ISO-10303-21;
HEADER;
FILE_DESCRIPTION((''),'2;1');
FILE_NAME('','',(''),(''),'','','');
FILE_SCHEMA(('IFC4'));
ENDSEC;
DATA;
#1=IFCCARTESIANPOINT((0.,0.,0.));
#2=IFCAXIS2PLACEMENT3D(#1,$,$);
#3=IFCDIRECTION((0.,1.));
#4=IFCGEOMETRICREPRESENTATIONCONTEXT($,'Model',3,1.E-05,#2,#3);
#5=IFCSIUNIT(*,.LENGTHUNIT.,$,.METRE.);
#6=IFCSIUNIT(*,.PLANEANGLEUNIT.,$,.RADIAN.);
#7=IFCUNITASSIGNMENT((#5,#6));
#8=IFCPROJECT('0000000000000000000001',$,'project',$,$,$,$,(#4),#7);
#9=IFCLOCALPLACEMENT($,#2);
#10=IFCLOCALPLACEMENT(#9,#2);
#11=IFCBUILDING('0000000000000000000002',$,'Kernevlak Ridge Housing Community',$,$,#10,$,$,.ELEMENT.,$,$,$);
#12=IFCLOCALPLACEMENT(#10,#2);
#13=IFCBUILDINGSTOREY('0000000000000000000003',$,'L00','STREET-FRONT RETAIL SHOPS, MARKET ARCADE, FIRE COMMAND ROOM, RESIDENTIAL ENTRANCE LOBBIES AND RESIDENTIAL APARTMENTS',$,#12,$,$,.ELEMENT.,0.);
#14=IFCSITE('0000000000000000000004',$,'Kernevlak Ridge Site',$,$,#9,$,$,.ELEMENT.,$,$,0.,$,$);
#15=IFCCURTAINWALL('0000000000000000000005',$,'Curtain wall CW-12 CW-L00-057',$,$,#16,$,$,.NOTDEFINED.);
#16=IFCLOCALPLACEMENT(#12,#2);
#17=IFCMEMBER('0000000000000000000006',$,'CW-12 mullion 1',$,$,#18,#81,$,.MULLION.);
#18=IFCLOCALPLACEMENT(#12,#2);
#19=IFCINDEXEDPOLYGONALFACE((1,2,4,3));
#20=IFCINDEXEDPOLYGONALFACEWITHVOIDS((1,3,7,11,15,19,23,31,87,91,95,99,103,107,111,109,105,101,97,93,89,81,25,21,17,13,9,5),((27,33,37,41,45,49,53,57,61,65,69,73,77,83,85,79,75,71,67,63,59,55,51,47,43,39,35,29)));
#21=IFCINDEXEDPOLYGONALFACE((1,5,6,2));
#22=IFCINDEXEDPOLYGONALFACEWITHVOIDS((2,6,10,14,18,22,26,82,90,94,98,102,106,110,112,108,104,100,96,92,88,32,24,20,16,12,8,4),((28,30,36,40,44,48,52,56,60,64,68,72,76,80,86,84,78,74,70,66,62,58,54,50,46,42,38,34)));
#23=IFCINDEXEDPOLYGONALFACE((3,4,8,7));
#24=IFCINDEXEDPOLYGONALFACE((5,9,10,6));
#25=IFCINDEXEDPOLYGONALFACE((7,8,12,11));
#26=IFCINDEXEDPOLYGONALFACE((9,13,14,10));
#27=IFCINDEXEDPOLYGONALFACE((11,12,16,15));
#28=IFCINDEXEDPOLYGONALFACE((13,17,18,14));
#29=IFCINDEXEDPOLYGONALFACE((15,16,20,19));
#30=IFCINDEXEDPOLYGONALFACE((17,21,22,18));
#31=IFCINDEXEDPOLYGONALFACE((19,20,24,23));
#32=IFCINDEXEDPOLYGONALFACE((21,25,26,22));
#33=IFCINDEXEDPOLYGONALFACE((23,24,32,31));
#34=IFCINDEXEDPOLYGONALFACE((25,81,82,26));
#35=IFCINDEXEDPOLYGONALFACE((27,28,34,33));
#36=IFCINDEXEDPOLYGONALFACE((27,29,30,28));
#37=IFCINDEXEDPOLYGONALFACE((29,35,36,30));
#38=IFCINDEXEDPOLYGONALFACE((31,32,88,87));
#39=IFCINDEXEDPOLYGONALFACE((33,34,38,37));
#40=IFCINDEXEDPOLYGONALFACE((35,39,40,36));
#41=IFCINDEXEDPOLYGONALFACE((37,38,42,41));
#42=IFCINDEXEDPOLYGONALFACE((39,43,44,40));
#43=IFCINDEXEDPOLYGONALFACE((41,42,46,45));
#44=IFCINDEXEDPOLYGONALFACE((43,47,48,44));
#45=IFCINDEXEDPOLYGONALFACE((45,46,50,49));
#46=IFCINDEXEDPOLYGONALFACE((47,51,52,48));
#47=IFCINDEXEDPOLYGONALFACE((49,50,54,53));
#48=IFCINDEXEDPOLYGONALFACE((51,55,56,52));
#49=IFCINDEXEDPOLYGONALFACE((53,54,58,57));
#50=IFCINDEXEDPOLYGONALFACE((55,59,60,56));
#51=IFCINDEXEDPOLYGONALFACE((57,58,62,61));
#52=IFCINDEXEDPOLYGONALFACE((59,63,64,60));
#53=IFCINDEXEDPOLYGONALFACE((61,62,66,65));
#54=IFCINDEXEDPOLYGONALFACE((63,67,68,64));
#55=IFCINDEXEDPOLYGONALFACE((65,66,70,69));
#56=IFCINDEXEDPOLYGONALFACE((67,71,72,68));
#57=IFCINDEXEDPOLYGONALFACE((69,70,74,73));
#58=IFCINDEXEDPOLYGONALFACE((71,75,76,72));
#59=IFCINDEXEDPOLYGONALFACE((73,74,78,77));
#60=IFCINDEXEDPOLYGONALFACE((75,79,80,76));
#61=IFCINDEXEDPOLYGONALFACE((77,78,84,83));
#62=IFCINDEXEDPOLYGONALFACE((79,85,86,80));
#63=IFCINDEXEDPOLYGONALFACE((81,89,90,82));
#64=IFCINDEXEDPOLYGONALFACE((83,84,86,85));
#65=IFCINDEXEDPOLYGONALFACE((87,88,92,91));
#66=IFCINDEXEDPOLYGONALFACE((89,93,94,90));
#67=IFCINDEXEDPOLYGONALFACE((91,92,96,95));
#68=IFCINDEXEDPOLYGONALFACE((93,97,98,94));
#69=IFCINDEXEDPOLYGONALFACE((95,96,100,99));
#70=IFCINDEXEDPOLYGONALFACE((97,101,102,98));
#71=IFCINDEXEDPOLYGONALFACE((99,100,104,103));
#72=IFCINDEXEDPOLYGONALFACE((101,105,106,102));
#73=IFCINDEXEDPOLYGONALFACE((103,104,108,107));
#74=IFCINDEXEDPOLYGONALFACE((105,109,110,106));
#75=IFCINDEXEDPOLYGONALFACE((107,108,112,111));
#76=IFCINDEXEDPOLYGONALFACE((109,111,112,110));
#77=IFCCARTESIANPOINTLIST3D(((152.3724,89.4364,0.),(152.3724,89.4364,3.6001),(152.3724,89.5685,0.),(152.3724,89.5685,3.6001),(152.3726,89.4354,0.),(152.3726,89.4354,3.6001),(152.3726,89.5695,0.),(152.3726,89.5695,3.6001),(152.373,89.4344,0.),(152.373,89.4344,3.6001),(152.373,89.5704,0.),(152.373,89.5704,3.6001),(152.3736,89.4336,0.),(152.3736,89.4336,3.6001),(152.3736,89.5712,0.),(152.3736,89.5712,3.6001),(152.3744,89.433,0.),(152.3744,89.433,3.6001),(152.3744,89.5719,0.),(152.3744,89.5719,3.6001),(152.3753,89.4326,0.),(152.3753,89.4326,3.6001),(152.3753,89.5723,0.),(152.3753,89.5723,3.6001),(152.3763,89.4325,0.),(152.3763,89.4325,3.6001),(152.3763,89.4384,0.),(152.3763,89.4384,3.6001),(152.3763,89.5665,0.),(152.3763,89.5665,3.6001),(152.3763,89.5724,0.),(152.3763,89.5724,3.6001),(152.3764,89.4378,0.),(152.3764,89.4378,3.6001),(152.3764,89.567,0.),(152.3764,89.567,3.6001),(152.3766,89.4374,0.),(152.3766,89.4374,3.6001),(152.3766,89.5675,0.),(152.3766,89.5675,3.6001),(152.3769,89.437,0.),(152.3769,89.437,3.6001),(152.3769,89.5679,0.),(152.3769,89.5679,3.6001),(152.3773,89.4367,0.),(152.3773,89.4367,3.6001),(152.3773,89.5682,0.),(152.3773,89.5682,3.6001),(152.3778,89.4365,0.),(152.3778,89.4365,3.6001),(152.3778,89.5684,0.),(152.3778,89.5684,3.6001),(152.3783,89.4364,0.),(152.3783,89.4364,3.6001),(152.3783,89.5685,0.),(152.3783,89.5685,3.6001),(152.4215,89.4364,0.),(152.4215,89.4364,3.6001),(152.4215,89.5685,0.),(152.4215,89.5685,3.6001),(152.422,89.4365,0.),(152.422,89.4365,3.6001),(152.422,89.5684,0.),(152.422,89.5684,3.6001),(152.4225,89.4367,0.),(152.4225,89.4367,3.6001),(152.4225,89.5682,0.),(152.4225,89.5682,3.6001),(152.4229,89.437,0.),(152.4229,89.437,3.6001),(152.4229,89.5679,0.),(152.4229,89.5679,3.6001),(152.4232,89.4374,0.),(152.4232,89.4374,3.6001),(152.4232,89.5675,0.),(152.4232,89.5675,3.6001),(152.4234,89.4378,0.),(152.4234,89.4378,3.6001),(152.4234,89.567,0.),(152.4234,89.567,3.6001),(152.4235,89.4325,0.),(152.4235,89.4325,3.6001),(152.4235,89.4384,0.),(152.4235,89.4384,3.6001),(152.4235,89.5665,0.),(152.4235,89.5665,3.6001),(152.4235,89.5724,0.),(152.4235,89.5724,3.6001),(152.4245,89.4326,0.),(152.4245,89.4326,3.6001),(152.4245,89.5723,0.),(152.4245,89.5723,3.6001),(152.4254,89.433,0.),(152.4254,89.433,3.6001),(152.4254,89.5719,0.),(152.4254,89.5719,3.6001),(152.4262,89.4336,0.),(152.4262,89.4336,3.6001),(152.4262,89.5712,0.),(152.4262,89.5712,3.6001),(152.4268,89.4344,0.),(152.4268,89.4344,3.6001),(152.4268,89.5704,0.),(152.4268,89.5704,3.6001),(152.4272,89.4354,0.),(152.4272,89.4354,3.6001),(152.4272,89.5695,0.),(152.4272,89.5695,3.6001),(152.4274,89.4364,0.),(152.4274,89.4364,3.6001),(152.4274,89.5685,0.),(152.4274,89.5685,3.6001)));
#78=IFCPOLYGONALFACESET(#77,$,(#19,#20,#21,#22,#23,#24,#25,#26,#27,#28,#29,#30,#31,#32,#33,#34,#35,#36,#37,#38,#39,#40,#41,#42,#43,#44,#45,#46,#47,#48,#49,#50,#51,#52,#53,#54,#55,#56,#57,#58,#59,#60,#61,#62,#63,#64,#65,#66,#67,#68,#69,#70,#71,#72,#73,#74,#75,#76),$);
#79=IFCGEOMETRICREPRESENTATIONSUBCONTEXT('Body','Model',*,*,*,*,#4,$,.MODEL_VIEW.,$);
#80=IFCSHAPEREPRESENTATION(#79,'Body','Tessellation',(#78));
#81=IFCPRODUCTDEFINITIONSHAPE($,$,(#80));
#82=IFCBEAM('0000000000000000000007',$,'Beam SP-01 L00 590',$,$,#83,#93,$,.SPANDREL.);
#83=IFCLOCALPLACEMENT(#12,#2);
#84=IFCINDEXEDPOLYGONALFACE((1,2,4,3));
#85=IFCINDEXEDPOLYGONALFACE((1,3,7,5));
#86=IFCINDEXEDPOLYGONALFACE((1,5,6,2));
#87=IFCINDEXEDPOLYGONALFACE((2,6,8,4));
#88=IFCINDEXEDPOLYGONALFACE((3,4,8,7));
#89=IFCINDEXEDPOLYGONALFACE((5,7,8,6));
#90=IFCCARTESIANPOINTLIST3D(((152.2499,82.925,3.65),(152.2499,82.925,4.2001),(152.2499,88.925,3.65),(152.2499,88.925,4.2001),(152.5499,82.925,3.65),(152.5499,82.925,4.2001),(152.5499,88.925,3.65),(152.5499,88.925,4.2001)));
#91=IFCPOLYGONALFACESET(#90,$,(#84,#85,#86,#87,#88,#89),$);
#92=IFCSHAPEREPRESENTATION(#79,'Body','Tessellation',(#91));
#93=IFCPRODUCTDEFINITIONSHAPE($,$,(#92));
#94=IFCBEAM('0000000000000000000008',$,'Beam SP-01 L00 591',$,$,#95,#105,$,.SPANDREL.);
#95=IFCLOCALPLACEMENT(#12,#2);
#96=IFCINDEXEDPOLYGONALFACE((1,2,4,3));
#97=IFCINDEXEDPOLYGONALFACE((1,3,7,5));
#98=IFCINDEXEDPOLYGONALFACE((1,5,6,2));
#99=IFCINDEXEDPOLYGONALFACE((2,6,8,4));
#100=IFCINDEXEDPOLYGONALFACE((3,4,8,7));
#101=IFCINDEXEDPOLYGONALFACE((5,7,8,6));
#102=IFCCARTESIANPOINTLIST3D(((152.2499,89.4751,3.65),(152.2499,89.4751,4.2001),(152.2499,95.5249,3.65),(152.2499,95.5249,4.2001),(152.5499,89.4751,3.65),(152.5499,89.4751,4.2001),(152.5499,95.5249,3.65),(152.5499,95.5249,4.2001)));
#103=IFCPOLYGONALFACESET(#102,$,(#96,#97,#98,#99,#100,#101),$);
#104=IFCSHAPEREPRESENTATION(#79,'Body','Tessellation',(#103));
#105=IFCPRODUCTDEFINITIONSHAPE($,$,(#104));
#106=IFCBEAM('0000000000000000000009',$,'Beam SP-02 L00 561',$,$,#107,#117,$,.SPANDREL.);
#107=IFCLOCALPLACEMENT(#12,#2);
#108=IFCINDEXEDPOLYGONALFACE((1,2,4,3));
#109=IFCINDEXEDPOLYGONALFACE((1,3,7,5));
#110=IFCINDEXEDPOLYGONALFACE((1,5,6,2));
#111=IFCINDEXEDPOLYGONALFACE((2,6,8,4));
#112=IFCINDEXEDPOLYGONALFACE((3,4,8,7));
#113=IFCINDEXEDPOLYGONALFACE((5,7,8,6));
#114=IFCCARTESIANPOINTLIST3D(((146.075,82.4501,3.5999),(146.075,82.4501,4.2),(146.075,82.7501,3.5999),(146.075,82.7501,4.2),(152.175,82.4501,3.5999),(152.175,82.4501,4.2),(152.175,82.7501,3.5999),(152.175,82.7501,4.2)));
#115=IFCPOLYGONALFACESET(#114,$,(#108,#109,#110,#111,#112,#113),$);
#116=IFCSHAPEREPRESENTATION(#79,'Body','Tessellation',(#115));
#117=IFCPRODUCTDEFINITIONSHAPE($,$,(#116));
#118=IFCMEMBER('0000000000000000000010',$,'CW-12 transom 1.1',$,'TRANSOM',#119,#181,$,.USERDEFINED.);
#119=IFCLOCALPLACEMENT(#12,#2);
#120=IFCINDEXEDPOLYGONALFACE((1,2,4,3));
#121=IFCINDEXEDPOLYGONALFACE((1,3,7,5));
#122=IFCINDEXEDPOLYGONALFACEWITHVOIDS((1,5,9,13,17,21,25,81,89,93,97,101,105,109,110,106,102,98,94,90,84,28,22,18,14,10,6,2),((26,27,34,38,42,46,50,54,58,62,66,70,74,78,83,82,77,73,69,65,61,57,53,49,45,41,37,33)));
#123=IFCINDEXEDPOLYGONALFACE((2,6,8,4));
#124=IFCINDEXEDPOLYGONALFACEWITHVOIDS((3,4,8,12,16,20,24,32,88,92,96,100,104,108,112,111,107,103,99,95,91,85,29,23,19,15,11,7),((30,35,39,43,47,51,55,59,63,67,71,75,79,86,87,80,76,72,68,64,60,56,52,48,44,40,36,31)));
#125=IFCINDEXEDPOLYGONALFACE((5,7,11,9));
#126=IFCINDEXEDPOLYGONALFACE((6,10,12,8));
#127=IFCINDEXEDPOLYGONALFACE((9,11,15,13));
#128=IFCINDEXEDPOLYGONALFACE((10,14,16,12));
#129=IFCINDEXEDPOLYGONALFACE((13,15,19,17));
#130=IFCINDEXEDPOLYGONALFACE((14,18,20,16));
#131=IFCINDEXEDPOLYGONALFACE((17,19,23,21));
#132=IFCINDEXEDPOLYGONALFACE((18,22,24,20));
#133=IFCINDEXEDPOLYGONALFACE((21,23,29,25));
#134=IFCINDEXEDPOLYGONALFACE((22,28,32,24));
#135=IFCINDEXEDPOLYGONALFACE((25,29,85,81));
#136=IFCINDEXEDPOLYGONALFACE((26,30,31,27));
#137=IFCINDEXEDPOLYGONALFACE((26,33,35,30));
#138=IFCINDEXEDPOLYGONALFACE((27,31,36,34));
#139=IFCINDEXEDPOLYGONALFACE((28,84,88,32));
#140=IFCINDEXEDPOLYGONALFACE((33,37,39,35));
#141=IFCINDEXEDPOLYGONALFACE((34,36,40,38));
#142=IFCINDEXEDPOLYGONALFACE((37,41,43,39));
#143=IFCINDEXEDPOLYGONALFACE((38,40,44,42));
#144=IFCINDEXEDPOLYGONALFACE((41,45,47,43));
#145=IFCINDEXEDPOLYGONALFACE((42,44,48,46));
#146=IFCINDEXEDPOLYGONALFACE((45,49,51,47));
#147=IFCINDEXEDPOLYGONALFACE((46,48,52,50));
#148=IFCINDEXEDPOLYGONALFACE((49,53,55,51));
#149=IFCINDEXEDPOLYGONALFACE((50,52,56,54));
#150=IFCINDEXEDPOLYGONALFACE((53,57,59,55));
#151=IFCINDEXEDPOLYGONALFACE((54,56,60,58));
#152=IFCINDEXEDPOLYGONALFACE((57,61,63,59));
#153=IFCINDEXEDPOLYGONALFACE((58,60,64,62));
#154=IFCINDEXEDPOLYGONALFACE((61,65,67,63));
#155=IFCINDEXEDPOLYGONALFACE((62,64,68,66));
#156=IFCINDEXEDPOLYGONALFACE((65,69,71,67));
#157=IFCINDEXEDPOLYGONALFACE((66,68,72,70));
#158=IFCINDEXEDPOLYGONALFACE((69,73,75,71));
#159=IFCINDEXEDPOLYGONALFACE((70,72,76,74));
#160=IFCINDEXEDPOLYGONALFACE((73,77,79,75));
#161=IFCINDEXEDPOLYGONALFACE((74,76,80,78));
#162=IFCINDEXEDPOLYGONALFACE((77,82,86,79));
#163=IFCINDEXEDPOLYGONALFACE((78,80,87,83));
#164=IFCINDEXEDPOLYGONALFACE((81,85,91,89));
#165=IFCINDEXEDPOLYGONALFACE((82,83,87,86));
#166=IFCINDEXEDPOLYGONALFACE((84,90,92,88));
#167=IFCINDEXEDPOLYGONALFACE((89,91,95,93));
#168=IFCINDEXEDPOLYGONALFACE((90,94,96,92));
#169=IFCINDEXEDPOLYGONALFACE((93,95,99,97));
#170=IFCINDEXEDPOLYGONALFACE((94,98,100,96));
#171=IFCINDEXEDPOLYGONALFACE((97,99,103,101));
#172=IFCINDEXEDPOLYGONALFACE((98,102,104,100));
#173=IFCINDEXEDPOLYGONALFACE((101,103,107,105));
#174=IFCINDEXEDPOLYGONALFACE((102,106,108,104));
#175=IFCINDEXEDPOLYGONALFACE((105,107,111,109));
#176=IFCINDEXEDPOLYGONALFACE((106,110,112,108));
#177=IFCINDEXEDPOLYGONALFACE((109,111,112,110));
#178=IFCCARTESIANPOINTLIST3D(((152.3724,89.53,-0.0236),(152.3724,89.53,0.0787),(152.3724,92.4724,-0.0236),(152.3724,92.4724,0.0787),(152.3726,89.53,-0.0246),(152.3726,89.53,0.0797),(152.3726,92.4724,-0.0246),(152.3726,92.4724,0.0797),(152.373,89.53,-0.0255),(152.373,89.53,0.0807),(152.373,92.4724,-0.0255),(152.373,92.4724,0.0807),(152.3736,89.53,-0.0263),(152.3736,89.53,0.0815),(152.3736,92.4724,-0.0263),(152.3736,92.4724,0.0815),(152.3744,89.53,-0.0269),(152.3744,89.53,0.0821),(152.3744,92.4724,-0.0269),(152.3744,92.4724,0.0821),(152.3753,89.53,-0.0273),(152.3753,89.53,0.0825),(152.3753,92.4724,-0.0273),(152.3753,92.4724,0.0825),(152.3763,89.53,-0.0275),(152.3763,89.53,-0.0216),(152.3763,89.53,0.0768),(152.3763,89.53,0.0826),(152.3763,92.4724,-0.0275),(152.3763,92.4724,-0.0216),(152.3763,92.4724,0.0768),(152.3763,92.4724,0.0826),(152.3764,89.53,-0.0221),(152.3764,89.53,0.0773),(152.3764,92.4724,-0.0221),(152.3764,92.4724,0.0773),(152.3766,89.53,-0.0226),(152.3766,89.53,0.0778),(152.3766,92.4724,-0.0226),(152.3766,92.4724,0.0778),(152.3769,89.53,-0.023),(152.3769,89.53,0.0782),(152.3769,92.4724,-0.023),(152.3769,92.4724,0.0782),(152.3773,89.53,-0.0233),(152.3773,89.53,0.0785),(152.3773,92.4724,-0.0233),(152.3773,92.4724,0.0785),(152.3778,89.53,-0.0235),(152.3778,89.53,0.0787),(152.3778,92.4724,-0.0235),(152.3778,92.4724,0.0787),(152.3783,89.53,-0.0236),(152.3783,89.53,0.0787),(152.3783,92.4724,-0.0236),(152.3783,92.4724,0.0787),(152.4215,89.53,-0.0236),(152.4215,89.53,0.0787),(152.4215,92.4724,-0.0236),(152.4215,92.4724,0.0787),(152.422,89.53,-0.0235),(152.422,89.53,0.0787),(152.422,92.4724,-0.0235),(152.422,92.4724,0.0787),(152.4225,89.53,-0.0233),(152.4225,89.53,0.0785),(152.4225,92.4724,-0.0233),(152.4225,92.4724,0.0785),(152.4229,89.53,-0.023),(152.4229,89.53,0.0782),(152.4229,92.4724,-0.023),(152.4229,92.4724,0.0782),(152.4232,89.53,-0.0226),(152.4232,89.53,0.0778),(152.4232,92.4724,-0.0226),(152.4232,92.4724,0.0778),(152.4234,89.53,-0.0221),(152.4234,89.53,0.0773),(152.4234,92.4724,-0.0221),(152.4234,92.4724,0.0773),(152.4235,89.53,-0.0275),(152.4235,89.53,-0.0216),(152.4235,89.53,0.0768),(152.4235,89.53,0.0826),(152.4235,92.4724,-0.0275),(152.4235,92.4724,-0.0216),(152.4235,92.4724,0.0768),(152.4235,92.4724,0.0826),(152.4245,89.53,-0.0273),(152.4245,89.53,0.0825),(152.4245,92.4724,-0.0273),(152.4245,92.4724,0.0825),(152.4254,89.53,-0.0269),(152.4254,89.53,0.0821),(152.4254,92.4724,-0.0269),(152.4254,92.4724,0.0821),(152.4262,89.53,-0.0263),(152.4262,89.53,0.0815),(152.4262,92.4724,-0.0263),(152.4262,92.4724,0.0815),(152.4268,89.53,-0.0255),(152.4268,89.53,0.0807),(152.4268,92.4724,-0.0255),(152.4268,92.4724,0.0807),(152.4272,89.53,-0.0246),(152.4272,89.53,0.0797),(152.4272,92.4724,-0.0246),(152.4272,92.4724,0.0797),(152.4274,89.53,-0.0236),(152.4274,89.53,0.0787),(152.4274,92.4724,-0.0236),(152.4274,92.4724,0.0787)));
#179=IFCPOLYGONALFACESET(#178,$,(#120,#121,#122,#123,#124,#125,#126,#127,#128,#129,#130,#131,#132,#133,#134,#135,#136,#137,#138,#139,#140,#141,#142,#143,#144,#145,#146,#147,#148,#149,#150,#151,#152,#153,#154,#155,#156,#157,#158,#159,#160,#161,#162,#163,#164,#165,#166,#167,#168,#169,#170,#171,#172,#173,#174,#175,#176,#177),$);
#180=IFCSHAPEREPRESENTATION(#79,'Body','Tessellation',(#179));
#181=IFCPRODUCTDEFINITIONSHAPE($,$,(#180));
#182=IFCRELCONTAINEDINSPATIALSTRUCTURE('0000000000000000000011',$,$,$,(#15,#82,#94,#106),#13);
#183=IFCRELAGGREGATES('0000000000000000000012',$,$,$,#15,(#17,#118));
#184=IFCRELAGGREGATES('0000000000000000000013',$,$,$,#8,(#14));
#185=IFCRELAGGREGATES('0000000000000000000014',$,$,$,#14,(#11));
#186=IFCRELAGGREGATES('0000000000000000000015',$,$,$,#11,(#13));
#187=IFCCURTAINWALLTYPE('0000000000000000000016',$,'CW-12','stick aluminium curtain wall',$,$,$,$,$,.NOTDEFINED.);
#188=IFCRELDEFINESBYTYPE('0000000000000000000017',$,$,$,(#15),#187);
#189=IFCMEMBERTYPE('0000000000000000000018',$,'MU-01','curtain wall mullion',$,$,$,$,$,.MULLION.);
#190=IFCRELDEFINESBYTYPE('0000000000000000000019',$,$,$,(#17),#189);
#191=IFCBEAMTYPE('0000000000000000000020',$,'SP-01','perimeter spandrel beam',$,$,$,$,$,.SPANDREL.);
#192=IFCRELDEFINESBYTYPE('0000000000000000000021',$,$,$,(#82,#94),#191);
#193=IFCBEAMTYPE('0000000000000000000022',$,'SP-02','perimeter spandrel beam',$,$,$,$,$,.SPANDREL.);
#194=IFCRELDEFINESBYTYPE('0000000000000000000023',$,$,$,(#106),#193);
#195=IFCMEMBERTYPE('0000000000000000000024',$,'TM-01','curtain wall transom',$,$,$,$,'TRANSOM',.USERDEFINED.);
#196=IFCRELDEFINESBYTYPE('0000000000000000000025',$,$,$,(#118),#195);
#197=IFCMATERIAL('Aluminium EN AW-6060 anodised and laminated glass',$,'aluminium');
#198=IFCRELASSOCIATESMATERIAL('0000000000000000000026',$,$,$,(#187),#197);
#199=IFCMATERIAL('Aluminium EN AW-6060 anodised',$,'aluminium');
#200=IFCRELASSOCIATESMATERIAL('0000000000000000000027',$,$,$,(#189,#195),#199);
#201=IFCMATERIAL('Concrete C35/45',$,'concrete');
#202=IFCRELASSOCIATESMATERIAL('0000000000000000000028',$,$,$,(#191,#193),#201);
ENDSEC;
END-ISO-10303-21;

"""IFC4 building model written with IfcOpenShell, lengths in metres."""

from ifc_helpers import new_model, si_unit, direction, frame, origin, origin_2d, place, context, subcontext, project, spatial, rectangle, hollow_rectangle, extrude, material, material_profile, profile_set, type_object, element, aggregate, save


model = new_model("IFC4")

# Units and contexts
model_context = context("Model", 3, precision=1e-05, world=origin(), true_north=direction((0.0, 1.0)))
body_context = subcontext(model_context, "Body", "Model", "MODEL_VIEW")
ifc_project = project(units=[si_unit("LENGTHUNIT", "METRE"), si_unit("PLANEANGLEUNIT", "RADIAN")], contexts=[model_context])

# Site, building, storey
site_placement = place(None, origin())
site = spatial("IfcSite", under=ifc_project, at=site_placement, Name="Kernevlak Ridge Site", CompositionType="ELEMENT", RefElevation=0.0)
building_placement = place(site_placement, origin())
building = spatial("IfcBuilding", under=site, at=building_placement, Name="Kernevlak Ridge Housing Community", CompositionType="ELEMENT")
storey_placement = place(building_placement, origin())
storey = spatial("IfcBuildingStorey", under=building, at=storey_placement, Name="L00", Description="STREET-FRONT RETAIL SHOPS, MARKET ARCADE, FIRE COMMAND ROOM, RESIDENTIAL ENTRANCE LOBBIES AND RESIDENTIAL APARTMENTS", CompositionType="ELEMENT", Elevation=0.0)

# Shared definitions
ifc_material_1 = material(Name="Concrete C35/45", Category="concrete")

# Curtain wall, member
ifc_material_2 = material(Name="Aluminium EN AW-6060 anodised and laminated glass", Category="aluminium")
curtain_wall_type = type_object("IfcCurtainWallType", Name="CW-12", Description="stick aluminium curtain wall", PredefinedType="NOTDEFINED", material=ifc_material_2)
curtain_wall_placement = place(storey_placement, origin())
curtain_wall = element("IfcCurtainWall", 1, at=curtain_wall_placement, inside=storey, type_object=curtain_wall_type, Name="Curtain wall CW-12 CW-L00-057", PredefinedType="NOTDEFINED")
ifc_material_3 = material(Name="Aluminium EN AW-6060 anodised", Category="aluminium")
ifc_material_profile_1 = material_profile(ifc_material_3, hollow_rectangle(XDim=0.0549, YDim=0.1399, WallThickness=0.0039, InnerFilletRadius=0.002, OuterFilletRadius=0.0039, at=origin_2d()), Name="ALU 55x140x4")
ifc_profile_set_1 = profile_set([ifc_material_profile_1], Name="Aluminium EN AW-6060 anodised")
member_type_1 = type_object("IfcMemberType", Name="MU-01", Description="curtain wall mullion", PredefinedType="MULLION", material=ifc_profile_set_1)
member_1_placement = place(storey_placement, frame((152.3999, 89.5024, 0.0), z_axis=(0.0, 0.0, 1.0), x_axis=(-1.0, 0.0, 0.0)))
member_1 = element("IfcMember", 2, at=member_1_placement, type_object=member_type_1, Name="CW-12 mullion 1", PredefinedType="MULLION", context=body_context, shape_type="SweptSolid", body=[
    extrude(hollow_rectangle(XDim=0.0549, YDim=0.1399, WallThickness=0.0039, InnerFilletRadius=0.002, OuterFilletRadius=0.0039, at=origin_2d()), origin(), (0.0, 0.0, 1.0), 3.6001),
])

# Beams
ifc_material_profile_2 = material_profile(ifc_material_1, rectangle(XDim=0.3, YDim=0.55, at=origin_2d()), Name="RC 300x550")
ifc_profile_set_2 = profile_set([ifc_material_profile_2], Name="Concrete C35/45")
beam_type_1 = type_object("IfcBeamType", Name="SP-01", Description="perimeter spandrel beam", PredefinedType="SPANDREL", material=ifc_profile_set_2)
beam_1_placement = place(storey_placement, frame((152.3999, 82.925, 3.925), z_axis=(0.0, 1.0, 0.0), x_axis=(-1.0, 0.0, 0.0)))
element("IfcBeam", 3, at=beam_1_placement, inside=storey, type_object=beam_type_1, Name="Beam SP-01 L00 590", PredefinedType="SPANDREL", context=body_context, shape_type="SweptSolid", body=[
    extrude(rectangle(XDim=0.3, YDim=0.55, at=origin_2d()), origin(), (0.0, 0.0, 1.0), 6.0),
])
beam_2_placement = place(storey_placement, frame((152.3999, 89.4751, 3.925), z_axis=(0.0, 1.0, 0.0), x_axis=(-1.0, 0.0, 0.0)))
element("IfcBeam", 4, at=beam_2_placement, inside=storey, type_object=beam_type_1, Name="Beam SP-01 L00 591", PredefinedType="SPANDREL", context=body_context, shape_type="SweptSolid", body=[
    extrude(rectangle(XDim=0.3, YDim=0.55, at=origin_2d()), origin(), (0.0, 0.0, 1.0), 6.0498),
])
ifc_material_profile_3 = material_profile(ifc_material_1, rectangle(XDim=0.3, YDim=0.6001, at=origin_2d()), Name="RC 300x600")
ifc_profile_set_3 = profile_set([ifc_material_profile_3], Name="Concrete C35/45")
beam_type_2 = type_object("IfcBeamType", Name="SP-02", Description="perimeter spandrel beam", PredefinedType="SPANDREL", material=ifc_profile_set_3)
beam_3_placement = place(storey_placement, frame((146.075, 82.6001, 3.8999), z_axis=(1.0, 0.0, 0.0), x_axis=(0.0, 1.0, 0.0)))
element("IfcBeam", 5, at=beam_3_placement, inside=storey, type_object=beam_type_2, Name="Beam SP-02 L00 561", PredefinedType="SPANDREL", context=body_context, shape_type="SweptSolid", body=[
    extrude(rectangle(XDim=0.3, YDim=0.6001, at=origin_2d()), origin(), (0.0, 0.0, 1.0), 6.1001),
])

# Member
ifc_material_profile_4 = material_profile(ifc_material_3, hollow_rectangle(XDim=0.0549, YDim=0.1101, WallThickness=0.0039, InnerFilletRadius=0.002, OuterFilletRadius=0.0039, at=origin_2d()), Name="ALU 55x110x4")
ifc_profile_set_4 = profile_set([ifc_material_profile_4], Name="Aluminium EN AW-6060 anodised")
member_type_2 = type_object("IfcMemberType", Name="TM-01", Description="curtain wall transom", ElementType="TRANSOM", PredefinedType="USERDEFINED", material=ifc_profile_set_4)
member_2_placement = place(storey_placement, frame((152.3999, 89.53, 0.0276), z_axis=(0.0, 1.0, 0.0), x_axis=(-1.0, 0.0, 0.0)))
member_2 = element("IfcMember", 6, at=member_2_placement, type_object=member_type_2, Name="CW-12 transom 1.1", ObjectType="TRANSOM", PredefinedType="USERDEFINED", context=body_context, shape_type="SweptSolid", body=[
    extrude(hollow_rectangle(XDim=0.0549, YDim=0.1101, WallThickness=0.0039, InnerFilletRadius=0.002, OuterFilletRadius=0.0039, at=origin_2d()), origin(), (0.0, 0.0, 1.0), 2.9424),
])
aggregate(curtain_wall, [member_1, member_2])

save(model, "model.ifc")
